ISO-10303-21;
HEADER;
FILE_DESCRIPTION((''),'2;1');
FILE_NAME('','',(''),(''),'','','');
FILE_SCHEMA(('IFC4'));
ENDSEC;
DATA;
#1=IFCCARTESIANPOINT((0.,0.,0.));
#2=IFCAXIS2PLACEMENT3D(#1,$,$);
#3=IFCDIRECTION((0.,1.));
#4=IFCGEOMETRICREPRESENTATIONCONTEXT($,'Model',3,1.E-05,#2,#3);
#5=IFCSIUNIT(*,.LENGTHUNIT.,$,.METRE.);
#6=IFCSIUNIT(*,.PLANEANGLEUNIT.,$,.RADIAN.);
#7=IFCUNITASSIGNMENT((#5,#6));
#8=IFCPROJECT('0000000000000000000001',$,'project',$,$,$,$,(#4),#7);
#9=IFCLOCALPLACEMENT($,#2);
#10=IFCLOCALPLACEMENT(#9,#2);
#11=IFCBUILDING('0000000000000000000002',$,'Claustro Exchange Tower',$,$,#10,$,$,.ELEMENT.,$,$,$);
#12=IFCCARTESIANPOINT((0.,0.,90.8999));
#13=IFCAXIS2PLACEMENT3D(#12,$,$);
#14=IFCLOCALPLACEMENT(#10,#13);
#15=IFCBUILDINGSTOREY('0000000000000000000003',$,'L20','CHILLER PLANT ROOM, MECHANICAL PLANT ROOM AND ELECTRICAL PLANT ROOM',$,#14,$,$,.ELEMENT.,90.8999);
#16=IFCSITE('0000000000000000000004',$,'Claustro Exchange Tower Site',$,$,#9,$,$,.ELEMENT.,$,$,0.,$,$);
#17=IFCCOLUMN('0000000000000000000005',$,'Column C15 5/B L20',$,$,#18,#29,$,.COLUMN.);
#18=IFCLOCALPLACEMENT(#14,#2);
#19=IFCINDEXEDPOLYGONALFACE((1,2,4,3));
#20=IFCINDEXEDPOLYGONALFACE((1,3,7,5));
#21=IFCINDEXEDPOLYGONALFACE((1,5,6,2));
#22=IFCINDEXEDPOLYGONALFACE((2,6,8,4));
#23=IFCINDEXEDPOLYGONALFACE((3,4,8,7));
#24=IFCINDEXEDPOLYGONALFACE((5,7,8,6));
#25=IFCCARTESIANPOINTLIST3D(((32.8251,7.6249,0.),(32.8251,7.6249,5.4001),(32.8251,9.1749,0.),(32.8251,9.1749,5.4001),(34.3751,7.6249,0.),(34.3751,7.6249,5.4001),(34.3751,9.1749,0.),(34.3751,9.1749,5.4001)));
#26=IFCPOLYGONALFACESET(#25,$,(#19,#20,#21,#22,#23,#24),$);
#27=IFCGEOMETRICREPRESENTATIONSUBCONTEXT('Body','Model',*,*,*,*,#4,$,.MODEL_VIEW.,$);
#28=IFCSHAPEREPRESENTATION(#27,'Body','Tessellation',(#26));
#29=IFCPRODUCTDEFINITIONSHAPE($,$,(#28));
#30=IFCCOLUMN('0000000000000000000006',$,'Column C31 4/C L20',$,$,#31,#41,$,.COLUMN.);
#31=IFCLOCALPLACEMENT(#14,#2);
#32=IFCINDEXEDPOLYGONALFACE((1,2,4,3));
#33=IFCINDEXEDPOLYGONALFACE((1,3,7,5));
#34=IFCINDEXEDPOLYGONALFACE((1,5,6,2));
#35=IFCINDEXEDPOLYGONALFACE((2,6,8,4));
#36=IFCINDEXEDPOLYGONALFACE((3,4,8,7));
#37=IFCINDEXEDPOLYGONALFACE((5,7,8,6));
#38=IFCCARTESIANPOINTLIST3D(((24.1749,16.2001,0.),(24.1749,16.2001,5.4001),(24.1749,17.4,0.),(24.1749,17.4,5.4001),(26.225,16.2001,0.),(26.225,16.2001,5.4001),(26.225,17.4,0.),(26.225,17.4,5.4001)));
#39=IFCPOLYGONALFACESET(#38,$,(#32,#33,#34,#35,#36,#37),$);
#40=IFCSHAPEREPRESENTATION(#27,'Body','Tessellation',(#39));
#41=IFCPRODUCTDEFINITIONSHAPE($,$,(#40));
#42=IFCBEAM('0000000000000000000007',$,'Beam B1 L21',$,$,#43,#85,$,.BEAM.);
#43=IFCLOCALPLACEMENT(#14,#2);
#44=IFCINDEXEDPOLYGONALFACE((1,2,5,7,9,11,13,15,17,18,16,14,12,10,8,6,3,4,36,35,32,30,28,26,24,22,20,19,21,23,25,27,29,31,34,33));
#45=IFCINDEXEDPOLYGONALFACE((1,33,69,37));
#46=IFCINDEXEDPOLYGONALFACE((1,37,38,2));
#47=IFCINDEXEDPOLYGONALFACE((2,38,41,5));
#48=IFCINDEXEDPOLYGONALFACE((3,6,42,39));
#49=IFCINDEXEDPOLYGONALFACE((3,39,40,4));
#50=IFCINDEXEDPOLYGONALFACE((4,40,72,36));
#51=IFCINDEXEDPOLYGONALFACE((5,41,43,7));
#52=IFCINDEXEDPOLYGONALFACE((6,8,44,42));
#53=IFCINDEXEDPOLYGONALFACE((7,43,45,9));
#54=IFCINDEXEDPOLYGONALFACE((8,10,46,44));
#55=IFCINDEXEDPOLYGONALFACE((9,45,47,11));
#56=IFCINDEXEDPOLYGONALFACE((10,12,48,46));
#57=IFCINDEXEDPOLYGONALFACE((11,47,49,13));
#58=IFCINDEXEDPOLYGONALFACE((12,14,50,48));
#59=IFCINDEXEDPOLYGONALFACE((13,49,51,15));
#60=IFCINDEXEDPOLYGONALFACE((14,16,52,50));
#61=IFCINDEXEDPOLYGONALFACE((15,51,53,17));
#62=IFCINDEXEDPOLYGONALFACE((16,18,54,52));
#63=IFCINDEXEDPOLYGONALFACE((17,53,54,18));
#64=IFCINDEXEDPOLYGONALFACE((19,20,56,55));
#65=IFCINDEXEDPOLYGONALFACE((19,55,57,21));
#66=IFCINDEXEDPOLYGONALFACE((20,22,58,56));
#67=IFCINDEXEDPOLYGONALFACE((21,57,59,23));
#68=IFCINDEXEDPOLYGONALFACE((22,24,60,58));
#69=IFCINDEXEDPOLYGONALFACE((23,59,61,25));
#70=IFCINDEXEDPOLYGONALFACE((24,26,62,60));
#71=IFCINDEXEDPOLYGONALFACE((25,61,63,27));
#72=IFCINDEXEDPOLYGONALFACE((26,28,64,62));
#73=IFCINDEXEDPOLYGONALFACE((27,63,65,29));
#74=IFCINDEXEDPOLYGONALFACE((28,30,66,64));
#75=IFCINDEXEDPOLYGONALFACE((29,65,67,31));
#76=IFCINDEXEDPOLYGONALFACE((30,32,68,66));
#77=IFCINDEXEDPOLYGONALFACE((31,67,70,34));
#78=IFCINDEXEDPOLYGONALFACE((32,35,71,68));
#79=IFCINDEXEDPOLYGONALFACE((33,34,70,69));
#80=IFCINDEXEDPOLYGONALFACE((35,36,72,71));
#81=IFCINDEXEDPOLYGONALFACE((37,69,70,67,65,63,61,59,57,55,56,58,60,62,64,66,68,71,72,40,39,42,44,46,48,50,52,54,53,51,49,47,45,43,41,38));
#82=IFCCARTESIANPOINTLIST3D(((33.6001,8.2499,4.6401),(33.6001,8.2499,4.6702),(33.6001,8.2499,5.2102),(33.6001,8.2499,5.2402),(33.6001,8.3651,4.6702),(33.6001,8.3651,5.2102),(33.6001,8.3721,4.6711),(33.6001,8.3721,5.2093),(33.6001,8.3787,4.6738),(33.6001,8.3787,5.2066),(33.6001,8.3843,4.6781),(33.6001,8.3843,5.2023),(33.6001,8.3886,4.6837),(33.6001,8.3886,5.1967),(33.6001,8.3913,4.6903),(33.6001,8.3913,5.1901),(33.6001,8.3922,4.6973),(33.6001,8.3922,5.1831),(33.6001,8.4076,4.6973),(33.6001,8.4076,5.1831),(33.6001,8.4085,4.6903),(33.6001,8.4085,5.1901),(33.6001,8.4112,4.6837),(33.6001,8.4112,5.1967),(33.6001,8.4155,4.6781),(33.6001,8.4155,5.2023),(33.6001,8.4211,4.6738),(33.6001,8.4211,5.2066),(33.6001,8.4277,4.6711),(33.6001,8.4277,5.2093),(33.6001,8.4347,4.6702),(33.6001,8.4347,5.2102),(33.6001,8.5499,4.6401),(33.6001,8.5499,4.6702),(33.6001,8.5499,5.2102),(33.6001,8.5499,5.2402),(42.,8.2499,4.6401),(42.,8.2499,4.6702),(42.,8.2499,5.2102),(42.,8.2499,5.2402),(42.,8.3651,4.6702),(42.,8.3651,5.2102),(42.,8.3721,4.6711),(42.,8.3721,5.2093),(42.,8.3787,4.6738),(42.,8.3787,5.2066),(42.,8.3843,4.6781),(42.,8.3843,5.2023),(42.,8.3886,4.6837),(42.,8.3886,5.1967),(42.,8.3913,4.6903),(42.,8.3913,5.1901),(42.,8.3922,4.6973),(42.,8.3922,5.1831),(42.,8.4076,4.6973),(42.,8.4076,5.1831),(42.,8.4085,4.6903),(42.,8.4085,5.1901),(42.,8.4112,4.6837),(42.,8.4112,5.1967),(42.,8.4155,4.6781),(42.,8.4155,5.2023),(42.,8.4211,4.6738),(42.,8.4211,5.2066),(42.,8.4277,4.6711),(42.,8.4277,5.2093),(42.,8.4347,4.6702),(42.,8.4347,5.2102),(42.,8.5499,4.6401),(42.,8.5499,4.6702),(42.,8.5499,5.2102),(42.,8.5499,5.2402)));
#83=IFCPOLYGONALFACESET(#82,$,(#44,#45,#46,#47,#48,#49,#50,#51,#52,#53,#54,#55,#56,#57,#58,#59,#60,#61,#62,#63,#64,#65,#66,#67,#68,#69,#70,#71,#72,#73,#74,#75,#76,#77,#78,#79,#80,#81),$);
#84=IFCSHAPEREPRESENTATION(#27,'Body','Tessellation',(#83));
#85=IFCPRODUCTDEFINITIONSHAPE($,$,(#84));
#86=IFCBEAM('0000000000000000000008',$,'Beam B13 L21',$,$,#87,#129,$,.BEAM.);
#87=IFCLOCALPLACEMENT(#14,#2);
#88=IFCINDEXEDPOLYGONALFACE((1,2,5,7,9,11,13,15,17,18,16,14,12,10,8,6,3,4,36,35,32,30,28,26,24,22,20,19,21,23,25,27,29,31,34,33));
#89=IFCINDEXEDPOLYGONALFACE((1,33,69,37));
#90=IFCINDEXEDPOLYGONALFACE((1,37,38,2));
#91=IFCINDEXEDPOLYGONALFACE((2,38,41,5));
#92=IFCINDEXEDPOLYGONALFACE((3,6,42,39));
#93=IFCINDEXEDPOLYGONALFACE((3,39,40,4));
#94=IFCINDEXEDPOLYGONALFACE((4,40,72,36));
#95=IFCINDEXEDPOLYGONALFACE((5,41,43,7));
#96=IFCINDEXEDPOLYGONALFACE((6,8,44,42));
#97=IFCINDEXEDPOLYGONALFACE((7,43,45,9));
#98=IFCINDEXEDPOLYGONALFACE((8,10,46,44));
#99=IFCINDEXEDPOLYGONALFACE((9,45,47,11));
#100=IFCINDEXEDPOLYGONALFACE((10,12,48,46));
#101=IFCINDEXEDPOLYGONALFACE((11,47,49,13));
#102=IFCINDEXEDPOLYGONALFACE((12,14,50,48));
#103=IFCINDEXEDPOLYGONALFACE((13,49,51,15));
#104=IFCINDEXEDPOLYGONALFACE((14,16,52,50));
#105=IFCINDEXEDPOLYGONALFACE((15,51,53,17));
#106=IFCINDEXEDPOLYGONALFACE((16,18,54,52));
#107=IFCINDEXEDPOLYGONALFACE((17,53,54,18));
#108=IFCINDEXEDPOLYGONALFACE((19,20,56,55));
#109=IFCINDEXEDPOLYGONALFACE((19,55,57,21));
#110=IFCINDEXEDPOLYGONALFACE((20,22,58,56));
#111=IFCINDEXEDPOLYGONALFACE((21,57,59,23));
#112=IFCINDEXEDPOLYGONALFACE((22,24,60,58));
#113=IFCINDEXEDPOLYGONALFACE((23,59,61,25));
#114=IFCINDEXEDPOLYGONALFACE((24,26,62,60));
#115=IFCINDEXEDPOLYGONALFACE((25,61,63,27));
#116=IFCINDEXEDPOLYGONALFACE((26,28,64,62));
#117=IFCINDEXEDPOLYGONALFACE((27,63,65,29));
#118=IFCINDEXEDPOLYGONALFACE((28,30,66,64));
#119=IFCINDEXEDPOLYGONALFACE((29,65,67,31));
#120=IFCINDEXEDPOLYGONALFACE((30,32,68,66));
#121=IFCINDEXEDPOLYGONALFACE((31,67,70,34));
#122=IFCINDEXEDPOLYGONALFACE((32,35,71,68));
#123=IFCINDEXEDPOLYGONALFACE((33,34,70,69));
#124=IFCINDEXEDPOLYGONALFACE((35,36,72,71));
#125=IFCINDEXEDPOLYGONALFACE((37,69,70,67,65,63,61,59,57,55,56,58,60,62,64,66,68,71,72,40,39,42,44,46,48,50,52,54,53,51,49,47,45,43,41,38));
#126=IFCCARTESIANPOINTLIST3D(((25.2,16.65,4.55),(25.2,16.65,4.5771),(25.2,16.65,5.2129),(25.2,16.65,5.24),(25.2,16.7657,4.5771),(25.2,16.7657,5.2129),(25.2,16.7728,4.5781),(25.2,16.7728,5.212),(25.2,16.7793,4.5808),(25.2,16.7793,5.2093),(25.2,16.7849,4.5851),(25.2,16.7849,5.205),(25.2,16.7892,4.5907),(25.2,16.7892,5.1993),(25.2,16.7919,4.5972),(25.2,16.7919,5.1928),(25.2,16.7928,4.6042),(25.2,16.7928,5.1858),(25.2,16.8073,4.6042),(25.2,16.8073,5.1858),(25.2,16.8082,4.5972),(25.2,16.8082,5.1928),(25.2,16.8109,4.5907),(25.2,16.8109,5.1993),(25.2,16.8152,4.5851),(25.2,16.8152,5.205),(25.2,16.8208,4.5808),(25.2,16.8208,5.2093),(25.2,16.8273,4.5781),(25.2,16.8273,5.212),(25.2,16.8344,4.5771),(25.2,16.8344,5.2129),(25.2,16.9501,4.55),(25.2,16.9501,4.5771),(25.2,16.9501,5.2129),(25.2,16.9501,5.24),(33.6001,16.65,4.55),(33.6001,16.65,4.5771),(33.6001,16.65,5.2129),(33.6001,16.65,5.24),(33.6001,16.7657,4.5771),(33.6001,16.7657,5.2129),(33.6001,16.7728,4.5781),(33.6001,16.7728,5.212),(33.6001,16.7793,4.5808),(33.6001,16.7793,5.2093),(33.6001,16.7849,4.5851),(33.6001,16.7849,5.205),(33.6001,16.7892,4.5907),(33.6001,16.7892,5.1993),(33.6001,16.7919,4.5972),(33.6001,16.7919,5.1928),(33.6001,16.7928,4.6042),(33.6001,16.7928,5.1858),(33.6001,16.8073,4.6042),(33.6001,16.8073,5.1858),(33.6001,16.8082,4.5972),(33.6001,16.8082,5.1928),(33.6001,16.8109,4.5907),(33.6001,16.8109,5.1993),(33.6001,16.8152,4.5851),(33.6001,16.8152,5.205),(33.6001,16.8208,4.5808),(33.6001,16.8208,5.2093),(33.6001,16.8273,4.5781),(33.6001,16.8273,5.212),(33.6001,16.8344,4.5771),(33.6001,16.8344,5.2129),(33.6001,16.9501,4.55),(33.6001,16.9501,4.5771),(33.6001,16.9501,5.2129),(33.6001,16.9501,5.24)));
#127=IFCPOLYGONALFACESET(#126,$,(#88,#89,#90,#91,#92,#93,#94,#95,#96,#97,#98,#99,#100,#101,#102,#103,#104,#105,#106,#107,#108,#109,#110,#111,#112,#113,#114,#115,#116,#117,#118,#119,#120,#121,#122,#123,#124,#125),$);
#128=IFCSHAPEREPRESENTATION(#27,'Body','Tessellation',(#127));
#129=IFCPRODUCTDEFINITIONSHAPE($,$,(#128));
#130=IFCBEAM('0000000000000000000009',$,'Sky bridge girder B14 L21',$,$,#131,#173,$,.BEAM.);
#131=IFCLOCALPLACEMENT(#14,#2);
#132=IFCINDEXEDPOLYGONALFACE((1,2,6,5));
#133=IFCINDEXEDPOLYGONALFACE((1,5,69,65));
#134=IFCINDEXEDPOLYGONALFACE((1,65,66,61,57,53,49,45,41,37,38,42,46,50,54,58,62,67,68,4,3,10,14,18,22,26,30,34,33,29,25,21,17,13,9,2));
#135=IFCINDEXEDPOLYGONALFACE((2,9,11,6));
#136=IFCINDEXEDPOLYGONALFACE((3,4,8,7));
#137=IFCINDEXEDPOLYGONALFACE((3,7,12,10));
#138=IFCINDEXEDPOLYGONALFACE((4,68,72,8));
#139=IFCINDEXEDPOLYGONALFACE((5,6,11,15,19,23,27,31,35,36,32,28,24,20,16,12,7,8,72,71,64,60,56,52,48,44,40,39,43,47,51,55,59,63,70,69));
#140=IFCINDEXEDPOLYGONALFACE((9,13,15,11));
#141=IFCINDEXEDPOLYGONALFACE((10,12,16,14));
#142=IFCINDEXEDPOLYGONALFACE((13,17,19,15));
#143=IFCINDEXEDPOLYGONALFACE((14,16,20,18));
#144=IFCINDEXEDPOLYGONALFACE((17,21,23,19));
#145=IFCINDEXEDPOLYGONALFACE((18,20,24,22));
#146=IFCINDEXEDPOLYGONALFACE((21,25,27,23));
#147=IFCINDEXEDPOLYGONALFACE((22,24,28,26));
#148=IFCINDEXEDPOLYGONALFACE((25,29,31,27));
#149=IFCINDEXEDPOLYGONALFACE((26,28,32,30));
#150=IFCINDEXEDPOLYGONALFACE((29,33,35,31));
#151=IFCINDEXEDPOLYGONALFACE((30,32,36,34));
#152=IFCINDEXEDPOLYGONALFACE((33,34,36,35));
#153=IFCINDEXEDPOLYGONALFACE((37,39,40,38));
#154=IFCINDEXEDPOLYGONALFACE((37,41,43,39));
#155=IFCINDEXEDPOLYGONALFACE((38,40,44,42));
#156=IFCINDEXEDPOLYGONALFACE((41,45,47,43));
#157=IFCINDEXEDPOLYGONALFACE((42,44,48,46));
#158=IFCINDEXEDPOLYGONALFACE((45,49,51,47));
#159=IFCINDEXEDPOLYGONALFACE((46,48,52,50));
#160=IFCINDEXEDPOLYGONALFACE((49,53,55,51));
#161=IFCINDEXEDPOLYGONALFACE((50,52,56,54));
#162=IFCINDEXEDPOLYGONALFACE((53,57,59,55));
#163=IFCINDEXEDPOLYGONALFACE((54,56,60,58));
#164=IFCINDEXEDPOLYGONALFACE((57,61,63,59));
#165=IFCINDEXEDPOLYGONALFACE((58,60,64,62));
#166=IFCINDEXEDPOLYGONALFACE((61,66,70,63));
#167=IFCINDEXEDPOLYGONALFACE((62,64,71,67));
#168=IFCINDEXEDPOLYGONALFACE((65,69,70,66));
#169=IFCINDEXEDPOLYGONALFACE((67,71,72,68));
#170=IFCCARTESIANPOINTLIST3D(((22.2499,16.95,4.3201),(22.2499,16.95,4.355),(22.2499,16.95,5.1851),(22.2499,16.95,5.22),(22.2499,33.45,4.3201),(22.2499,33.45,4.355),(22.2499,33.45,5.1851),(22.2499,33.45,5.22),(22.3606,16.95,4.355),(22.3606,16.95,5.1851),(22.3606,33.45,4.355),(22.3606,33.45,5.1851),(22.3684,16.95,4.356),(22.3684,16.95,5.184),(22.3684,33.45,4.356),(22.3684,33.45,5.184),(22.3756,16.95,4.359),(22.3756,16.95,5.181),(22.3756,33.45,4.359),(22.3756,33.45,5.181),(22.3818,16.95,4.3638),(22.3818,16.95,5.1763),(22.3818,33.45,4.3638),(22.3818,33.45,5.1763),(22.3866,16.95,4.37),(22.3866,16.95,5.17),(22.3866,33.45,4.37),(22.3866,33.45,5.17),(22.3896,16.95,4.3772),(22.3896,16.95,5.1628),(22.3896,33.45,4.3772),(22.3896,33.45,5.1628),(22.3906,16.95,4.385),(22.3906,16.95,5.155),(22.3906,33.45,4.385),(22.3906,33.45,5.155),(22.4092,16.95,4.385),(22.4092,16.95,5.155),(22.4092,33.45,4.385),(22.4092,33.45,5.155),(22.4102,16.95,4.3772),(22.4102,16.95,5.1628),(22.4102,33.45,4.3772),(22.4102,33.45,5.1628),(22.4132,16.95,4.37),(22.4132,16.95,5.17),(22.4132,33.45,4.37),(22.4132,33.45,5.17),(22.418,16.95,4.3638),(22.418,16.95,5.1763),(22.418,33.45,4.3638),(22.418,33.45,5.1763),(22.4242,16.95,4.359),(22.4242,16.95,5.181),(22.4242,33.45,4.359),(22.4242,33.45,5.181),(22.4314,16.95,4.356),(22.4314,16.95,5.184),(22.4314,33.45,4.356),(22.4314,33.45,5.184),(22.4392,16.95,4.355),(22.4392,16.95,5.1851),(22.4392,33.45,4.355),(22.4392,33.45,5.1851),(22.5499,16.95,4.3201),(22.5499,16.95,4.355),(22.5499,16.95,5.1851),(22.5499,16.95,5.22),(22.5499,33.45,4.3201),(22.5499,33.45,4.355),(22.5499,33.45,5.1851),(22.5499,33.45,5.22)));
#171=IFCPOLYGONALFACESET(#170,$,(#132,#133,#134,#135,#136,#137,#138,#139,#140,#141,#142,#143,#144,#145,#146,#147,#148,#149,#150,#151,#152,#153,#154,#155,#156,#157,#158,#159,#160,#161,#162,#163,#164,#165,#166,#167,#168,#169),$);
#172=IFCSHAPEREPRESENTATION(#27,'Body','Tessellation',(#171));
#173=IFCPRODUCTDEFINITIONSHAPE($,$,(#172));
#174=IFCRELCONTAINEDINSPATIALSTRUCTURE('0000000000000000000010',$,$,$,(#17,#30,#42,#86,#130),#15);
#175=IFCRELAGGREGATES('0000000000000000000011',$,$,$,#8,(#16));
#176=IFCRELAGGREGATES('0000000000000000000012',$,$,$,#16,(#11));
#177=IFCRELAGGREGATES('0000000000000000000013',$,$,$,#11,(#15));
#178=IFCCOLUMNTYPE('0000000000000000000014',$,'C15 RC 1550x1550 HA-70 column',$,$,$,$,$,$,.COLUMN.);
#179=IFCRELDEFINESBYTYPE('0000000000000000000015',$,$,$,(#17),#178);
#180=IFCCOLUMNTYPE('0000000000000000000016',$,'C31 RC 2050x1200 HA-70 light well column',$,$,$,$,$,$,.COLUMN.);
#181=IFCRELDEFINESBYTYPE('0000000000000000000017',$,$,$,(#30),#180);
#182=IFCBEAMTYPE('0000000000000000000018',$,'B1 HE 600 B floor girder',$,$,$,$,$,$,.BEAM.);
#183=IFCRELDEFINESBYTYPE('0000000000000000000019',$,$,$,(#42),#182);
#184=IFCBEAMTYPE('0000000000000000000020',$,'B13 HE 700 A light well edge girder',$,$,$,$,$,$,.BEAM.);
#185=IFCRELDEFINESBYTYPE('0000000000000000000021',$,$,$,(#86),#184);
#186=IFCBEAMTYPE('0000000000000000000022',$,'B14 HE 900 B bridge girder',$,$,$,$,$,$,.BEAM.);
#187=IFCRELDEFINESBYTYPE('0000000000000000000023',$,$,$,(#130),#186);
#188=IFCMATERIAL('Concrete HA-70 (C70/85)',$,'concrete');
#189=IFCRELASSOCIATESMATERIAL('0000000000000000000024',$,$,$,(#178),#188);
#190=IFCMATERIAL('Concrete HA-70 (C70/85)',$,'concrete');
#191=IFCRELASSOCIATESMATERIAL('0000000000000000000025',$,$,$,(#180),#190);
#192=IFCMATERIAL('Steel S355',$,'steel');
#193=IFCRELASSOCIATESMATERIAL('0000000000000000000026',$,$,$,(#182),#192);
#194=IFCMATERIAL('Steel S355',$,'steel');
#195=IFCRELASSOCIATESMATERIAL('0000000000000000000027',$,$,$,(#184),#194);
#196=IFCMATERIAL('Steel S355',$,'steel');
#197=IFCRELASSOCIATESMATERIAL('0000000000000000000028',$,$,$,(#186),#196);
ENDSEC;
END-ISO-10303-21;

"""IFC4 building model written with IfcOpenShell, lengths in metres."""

from ifc_helpers import new_model, si_unit, direction, frame, origin, origin_2d, place, context, subcontext, project, spatial, rectangle, i_section, extrude, material, material_profile, profile_set, type_object, element, save


model = new_model("IFC4")

# Units and contexts
model_context = context("Model", 3, precision=1e-05, world=origin(), true_north=direction((0.0, 1.0)))
body_context = subcontext(model_context, "Body", "Model", "MODEL_VIEW")
ifc_project = project(units=[si_unit("LENGTHUNIT", "METRE"), si_unit("PLANEANGLEUNIT", "RADIAN")], contexts=[model_context])

# Site, building, storey
site_placement = place(None, origin())
site = spatial("IfcSite", under=ifc_project, at=site_placement, Name="Claustro Exchange Tower Site", CompositionType="ELEMENT", RefElevation=0.0)
building_placement = place(site_placement, origin())
building = spatial("IfcBuilding", under=site, at=building_placement, Name="Claustro Exchange Tower", CompositionType="ELEMENT")
storey_placement = place(building_placement, frame((0.0, 0.0, 90.8999)))
storey = spatial("IfcBuildingStorey", under=building, at=storey_placement, Name="L20", Description="CHILLER PLANT ROOM, MECHANICAL PLANT ROOM AND ELECTRICAL PLANT ROOM", CompositionType="ELEMENT", Elevation=90.8999)

# Columns
ifc_material_1 = material(Name="Concrete HA-70 (C70/85)", Category="concrete")
ifc_material_profile_1 = material_profile(ifc_material_1, rectangle(XDim=1.55, YDim=1.55, at=origin_2d()), Name="RC 1550x1550")
ifc_profile_set_1 = profile_set([ifc_material_profile_1], Name="Concrete HA-70 (C70/85)")
column_type_1 = type_object("IfcColumnType", Name="C15 RC 1550x1550 HA-70 column", PredefinedType="COLUMN", material=ifc_profile_set_1)
column_1_placement = place(storey_placement, frame((33.6001, 8.3999, 0.0), z_axis=(0.0, 0.0, 1.0), x_axis=(1.0, 0.0, 0.0)))
element("IfcColumn", 1, at=column_1_placement, inside=storey, type_object=column_type_1, Name="Column C15 5/B L20", PredefinedType="COLUMN", context=body_context, shape_type="SweptSolid", body=[
    extrude(rectangle(XDim=1.55, YDim=1.55, at=origin_2d()), origin(), (0.0, 0.0, 1.0), 5.4001),
])
ifc_material_2 = material(Name="Concrete HA-70 (C70/85)", Category="concrete")
ifc_material_profile_2 = material_profile(ifc_material_2, rectangle(XDim=2.05, YDim=1.2, at=origin_2d()), Name="RC 2050x1200")
ifc_profile_set_2 = profile_set([ifc_material_profile_2], Name="Concrete HA-70 (C70/85)")
column_type_2 = type_object("IfcColumnType", Name="C31 RC 2050x1200 HA-70 light well column", PredefinedType="COLUMN", material=ifc_profile_set_2)
column_2_placement = place(storey_placement, frame((25.2, 16.8, 0.0), z_axis=(0.0, 0.0, 1.0), x_axis=(1.0, 0.0, 0.0)))
element("IfcColumn", 2, at=column_2_placement, inside=storey, type_object=column_type_2, Name="Column C31 4/C L20", PredefinedType="COLUMN", context=body_context, shape_type="SweptSolid", body=[
    extrude(rectangle(XDim=2.05, YDim=1.2, at=origin_2d()), origin(), (0.0, 0.0, 1.0), 5.4001),
])

# Beams
ifc_material_3 = material(Name="Steel S355", Category="steel")
ifc_material_profile_3 = material_profile(ifc_material_3, i_section(OverallWidth=0.3, OverallDepth=0.6001, WebThickness=0.0154, FlangeThickness=0.03, FilletRadius=0.0271, at=origin_2d()), Name="HE 600 B")
ifc_profile_set_3 = profile_set([ifc_material_profile_3], Name="Steel S355")
beam_type_1 = type_object("IfcBeamType", Name="B1 HE 600 B floor girder", PredefinedType="BEAM", material=ifc_profile_set_3)
beam_1_placement = place(storey_placement, frame((33.6001, 8.3999, 4.9402), z_axis=(1.0, 0.0, 0.0), x_axis=(0.0, 1.0, 0.0)))
element("IfcBeam", 3, at=beam_1_placement, inside=storey, type_object=beam_type_1, Name="Beam B1 L21", PredefinedType="BEAM", context=body_context, shape_type="SweptSolid", body=[
    extrude(i_section(OverallWidth=0.3, OverallDepth=0.6001, WebThickness=0.0154, FlangeThickness=0.03, FilletRadius=0.0271, at=origin_2d()), origin(), (0.0, 0.0, 1.0), 8.3999),
])
ifc_material_4 = material(Name="Steel S355", Category="steel")
ifc_material_profile_4 = material_profile(ifc_material_4, i_section(OverallWidth=0.3, OverallDepth=0.6899, WebThickness=0.0144, FlangeThickness=0.0271, FilletRadius=0.0271, at=origin_2d()), Name="HE 700 A")
ifc_profile_set_4 = profile_set([ifc_material_profile_4], Name="Steel S355")
beam_type_2 = type_object("IfcBeamType", Name="B13 HE 700 A light well edge girder", PredefinedType="BEAM", material=ifc_profile_set_4)
beam_2_placement = place(storey_placement, frame((25.2, 16.8, 4.895), z_axis=(1.0, 0.0, 0.0), x_axis=(0.0, 1.0, 0.0)))
element("IfcBeam", 4, at=beam_2_placement, inside=storey, type_object=beam_type_2, Name="Beam B13 L21", PredefinedType="BEAM", context=body_context, shape_type="SweptSolid", body=[
    extrude(i_section(OverallWidth=0.3, OverallDepth=0.6899, WebThickness=0.0144, FlangeThickness=0.0271, FilletRadius=0.0271, at=origin_2d()), origin(), (0.0, 0.0, 1.0), 8.4001),
])
ifc_material_5 = material(Name="Steel S355", Category="steel")
ifc_material_profile_5 = material_profile(ifc_material_5, i_section(OverallWidth=0.3, OverallDepth=0.8999, WebThickness=0.0186, FlangeThickness=0.0349, FilletRadius=0.03, at=origin_2d()), Name="HE 900 B")
ifc_profile_set_5 = profile_set([ifc_material_profile_5], Name="Steel S355")
beam_type_3 = type_object("IfcBeamType", Name="B14 HE 900 B bridge girder", PredefinedType="BEAM", material=ifc_profile_set_5)
for number, where, z_axis, x_axis, name in (
    (5, (22.3999, 16.95, 4.77), (0.0, 1.0, 0.0), (-1.0, 0.0, 0.0), "Sky bridge girder B14 L21"),
):
    element("IfcBeam", number, at=place(storey_placement, frame(where, z_axis=z_axis, x_axis=x_axis)), inside=storey, type_object=beam_type_3, Name=name, PredefinedType="BEAM", context=body_context, shape_type="SweptSolid", body=[
        extrude(i_section(OverallWidth=0.3, OverallDepth=0.8999, WebThickness=0.0186, FlangeThickness=0.0349, FilletRadius=0.03, at=origin_2d()), origin(), (0.0, 0.0, 1.0), 16.5),
    ])

save(model, "model.ifc")
